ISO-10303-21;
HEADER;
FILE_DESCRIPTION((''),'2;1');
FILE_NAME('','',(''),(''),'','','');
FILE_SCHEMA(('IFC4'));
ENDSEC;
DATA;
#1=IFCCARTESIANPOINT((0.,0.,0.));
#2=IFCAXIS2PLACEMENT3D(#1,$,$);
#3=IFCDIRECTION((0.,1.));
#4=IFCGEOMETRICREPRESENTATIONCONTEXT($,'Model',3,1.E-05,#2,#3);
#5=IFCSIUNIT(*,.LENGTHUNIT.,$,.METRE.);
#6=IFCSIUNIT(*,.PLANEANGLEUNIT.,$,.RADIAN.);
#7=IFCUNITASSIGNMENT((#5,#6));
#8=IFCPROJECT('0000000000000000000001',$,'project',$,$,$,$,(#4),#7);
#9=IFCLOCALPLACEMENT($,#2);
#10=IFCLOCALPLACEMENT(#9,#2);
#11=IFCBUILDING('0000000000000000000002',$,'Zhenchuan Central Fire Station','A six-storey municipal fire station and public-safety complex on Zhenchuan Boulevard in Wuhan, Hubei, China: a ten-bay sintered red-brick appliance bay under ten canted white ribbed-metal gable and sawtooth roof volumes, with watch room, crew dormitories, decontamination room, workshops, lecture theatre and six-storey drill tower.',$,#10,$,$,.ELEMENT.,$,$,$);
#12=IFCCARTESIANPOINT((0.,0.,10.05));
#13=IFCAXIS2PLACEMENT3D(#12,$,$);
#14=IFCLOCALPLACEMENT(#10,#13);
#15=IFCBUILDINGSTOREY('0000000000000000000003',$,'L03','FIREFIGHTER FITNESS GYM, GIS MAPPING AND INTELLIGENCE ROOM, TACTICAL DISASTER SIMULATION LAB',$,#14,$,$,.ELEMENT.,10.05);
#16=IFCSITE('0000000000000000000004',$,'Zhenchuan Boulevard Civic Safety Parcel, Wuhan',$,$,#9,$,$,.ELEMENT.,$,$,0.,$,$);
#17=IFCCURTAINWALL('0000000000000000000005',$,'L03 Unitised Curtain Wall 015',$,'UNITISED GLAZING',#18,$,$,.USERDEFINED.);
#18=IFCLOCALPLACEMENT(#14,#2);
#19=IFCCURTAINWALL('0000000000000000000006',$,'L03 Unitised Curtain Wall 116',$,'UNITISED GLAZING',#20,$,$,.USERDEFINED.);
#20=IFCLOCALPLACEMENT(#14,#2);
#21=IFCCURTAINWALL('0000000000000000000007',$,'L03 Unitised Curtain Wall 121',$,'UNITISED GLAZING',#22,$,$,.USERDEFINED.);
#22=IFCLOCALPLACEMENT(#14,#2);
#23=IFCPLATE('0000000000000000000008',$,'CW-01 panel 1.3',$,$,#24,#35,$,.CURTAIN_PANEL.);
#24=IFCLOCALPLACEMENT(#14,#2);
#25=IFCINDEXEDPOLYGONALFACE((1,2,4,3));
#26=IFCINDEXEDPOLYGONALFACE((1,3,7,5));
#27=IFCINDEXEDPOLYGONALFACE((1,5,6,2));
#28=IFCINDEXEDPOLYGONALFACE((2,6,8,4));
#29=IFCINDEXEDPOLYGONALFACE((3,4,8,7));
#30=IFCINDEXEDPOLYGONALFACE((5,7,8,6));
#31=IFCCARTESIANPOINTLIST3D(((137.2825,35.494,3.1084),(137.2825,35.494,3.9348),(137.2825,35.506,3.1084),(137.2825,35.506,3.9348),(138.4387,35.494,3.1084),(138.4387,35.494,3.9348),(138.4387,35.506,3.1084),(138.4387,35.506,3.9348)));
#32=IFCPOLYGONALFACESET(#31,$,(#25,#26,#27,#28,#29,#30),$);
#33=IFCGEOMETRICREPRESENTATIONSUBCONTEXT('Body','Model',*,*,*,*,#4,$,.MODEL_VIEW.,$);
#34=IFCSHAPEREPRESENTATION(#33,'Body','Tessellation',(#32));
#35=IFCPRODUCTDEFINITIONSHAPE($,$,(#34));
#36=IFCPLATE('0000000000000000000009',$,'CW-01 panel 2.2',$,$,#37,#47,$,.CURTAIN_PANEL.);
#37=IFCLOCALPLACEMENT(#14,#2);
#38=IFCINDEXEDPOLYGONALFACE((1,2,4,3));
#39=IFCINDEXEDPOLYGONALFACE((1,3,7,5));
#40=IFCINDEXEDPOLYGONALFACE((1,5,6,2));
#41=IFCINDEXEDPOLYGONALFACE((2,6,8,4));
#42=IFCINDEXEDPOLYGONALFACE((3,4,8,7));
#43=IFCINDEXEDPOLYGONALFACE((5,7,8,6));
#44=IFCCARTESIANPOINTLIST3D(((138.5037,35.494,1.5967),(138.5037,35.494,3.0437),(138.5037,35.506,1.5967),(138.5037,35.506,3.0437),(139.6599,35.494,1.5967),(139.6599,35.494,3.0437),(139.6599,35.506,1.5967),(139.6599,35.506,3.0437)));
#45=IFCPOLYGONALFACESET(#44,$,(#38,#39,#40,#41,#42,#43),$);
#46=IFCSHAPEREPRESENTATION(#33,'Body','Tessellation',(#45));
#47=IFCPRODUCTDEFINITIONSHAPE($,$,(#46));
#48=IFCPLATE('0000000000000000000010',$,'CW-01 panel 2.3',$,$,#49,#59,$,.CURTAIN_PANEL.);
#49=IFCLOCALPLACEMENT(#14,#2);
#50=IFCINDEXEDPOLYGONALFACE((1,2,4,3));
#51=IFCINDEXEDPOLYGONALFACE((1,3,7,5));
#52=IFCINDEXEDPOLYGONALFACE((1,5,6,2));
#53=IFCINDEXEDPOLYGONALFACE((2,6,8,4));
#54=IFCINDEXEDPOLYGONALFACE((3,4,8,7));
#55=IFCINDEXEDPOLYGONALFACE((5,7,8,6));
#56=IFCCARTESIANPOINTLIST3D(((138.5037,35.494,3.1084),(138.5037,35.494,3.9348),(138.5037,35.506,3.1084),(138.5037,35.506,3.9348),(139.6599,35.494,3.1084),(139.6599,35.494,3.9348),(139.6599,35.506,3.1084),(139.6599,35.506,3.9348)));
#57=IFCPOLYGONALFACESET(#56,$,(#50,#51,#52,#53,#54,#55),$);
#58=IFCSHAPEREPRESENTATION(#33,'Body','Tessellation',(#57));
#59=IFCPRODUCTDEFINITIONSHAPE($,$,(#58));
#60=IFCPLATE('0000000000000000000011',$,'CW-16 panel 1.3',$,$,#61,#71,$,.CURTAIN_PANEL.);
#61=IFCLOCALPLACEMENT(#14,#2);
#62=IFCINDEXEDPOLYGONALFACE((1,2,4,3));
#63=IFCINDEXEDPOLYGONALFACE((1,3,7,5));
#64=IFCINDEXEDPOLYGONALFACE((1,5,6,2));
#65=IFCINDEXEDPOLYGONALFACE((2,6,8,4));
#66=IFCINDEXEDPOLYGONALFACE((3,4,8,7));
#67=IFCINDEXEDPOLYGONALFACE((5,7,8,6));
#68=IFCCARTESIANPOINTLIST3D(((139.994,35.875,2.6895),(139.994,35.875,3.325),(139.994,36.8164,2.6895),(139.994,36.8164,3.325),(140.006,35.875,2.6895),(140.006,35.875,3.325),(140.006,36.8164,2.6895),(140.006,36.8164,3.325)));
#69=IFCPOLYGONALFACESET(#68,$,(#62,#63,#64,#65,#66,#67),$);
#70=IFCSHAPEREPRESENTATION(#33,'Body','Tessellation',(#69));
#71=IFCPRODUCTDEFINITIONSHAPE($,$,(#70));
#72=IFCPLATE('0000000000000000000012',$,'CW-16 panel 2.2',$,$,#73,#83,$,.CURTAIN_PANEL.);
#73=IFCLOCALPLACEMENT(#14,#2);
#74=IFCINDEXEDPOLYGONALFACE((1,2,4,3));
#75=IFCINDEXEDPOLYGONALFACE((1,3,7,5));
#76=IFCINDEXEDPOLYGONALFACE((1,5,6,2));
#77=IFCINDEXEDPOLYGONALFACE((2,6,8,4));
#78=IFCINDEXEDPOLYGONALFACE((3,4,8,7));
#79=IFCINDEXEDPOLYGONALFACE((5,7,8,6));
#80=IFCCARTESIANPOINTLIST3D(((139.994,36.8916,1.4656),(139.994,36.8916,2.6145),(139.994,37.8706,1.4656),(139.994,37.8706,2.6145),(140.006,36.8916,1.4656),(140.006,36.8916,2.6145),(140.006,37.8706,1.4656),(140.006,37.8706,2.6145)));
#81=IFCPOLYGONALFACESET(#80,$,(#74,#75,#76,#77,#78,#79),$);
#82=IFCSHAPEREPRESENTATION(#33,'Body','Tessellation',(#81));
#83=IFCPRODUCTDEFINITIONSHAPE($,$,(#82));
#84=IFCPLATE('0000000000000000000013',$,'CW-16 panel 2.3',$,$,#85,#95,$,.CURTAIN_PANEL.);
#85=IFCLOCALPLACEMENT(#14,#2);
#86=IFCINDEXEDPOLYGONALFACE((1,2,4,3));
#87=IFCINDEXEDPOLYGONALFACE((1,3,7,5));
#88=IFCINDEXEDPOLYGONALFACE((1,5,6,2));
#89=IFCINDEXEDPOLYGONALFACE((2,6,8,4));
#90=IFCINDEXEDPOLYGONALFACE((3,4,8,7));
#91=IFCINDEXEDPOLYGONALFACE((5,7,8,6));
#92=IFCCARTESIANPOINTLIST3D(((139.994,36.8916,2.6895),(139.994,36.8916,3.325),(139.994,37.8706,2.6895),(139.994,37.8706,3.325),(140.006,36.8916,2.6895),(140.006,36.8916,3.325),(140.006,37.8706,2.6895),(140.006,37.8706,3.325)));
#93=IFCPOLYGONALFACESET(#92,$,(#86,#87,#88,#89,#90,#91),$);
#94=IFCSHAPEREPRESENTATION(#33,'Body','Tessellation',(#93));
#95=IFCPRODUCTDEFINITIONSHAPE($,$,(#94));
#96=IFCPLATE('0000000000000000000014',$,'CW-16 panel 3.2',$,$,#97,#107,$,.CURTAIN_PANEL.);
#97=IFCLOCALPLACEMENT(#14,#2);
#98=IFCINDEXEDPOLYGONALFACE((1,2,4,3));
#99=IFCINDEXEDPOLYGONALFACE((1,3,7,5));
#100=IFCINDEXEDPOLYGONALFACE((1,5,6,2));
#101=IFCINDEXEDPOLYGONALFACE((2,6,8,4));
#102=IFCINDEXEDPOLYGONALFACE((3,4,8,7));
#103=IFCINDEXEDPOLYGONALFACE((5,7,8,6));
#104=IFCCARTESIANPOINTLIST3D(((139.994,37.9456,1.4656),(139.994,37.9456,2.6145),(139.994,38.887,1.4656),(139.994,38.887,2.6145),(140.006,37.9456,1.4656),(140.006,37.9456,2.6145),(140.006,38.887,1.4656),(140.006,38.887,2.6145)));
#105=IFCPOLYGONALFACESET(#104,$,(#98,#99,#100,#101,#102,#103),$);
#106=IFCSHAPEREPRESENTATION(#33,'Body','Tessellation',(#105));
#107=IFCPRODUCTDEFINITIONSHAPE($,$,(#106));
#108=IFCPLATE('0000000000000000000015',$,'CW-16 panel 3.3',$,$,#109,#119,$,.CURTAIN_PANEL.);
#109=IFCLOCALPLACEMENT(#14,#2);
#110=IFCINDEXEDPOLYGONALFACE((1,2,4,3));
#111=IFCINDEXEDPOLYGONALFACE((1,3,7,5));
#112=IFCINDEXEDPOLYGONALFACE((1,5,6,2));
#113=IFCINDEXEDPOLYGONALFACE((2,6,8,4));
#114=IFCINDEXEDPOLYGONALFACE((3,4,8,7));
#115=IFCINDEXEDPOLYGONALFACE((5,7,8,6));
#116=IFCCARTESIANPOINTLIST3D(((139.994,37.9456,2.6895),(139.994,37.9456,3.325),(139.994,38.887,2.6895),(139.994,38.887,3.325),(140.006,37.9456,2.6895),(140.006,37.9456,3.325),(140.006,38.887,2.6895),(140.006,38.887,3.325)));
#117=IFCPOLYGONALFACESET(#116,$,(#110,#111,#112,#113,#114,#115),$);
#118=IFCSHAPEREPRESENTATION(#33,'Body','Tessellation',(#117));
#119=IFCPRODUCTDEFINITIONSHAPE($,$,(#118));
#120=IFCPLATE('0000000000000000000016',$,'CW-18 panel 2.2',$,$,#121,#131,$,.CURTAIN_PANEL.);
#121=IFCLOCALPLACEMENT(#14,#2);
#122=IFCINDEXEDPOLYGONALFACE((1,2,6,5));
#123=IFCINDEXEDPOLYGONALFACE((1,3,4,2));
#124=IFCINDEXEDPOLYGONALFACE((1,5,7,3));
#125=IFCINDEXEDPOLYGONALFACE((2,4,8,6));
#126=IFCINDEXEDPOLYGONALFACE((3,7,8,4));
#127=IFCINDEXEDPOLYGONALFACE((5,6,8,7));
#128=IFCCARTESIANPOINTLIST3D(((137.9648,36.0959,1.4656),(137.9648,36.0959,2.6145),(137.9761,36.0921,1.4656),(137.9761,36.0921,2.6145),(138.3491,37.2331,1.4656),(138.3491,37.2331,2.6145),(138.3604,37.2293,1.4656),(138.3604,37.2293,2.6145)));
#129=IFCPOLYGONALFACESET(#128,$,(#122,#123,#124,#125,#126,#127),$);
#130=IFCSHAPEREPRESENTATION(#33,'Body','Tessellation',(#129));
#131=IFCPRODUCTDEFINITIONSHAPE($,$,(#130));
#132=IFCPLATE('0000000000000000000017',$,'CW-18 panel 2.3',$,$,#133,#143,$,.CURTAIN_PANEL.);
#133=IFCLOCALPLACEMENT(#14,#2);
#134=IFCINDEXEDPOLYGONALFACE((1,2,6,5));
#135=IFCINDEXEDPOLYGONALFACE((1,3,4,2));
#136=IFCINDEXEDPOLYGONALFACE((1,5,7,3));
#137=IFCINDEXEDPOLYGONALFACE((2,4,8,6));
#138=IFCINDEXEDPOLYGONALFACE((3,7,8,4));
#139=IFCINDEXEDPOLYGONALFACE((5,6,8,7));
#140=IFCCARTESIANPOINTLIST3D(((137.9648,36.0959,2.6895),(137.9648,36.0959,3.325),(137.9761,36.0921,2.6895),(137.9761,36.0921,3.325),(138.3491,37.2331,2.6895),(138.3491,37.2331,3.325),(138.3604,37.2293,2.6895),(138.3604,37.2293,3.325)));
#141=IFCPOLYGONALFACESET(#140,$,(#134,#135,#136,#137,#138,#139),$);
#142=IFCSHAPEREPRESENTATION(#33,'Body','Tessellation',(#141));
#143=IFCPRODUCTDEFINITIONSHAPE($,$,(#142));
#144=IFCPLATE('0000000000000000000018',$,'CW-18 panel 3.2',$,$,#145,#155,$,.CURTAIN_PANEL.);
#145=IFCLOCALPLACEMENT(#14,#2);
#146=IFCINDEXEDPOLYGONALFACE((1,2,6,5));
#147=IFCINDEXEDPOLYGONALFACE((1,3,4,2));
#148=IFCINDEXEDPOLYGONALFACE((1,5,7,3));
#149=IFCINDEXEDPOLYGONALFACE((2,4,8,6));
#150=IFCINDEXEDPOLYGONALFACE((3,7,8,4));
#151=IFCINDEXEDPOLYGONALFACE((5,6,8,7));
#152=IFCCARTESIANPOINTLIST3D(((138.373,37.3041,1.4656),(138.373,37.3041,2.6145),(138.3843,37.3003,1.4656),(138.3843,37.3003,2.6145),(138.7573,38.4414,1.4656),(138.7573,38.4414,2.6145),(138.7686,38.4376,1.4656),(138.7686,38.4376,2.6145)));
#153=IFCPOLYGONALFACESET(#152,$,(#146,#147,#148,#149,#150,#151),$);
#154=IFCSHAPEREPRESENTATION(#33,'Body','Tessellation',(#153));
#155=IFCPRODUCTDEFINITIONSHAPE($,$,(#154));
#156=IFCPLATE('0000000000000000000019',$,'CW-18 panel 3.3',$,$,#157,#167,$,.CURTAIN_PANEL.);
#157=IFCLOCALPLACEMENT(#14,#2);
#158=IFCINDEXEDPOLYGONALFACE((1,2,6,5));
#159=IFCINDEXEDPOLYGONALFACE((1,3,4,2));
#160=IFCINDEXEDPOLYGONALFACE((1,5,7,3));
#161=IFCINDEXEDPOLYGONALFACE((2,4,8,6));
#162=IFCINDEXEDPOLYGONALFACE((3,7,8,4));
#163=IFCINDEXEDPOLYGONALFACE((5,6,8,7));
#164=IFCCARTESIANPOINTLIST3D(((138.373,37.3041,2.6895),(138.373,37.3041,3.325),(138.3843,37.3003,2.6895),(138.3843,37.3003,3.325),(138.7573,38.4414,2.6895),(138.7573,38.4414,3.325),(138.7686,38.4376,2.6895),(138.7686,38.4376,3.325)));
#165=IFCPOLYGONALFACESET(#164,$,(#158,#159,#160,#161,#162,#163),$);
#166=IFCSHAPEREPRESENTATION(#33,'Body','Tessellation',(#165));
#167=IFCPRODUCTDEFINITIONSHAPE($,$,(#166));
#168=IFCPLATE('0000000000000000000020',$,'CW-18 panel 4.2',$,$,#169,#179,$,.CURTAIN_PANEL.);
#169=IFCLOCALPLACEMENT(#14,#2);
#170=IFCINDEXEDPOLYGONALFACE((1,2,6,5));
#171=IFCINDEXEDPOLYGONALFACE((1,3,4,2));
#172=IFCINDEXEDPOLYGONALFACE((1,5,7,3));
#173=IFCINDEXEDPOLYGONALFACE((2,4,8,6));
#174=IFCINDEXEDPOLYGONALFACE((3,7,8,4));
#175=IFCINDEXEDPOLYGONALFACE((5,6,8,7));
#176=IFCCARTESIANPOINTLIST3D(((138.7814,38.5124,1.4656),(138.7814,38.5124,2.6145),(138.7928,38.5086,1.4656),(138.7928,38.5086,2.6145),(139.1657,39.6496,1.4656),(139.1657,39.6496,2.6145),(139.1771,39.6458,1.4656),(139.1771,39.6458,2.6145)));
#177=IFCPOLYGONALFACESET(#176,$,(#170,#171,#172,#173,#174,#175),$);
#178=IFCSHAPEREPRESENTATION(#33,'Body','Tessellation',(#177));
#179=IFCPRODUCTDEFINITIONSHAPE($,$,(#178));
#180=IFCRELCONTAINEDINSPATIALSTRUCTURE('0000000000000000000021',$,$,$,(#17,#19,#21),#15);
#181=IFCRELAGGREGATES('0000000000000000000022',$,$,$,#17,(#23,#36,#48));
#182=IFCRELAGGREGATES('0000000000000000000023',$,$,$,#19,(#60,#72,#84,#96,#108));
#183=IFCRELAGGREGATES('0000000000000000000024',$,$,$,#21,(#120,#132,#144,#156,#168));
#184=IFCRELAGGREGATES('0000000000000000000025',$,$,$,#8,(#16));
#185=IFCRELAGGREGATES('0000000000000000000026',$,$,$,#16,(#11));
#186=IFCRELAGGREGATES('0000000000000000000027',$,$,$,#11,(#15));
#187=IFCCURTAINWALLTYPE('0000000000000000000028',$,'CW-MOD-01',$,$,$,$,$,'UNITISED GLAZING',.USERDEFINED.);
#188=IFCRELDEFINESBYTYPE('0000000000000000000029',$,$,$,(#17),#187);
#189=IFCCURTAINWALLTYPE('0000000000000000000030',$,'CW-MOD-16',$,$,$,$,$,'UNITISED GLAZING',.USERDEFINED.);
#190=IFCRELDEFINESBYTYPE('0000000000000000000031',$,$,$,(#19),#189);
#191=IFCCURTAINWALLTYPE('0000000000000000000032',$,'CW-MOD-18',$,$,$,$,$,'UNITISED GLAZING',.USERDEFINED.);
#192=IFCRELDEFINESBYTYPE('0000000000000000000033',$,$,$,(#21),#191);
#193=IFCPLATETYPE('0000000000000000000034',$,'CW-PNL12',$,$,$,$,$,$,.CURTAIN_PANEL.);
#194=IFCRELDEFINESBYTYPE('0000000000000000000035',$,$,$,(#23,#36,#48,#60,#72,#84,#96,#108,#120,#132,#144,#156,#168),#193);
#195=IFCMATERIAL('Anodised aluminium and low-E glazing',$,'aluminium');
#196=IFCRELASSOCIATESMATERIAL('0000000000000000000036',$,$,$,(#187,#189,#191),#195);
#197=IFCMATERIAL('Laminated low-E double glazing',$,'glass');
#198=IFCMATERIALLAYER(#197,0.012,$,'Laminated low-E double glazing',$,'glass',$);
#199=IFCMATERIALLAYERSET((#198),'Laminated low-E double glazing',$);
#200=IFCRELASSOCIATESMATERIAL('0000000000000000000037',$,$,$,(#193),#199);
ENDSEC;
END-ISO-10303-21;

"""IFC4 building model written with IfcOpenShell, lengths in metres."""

from ifc_helpers import new_model, si_unit, direction, frame, origin, origin_2d, place, context, subcontext, project, spatial, rectangle, extrude, material, layer, layer_set, type_object, element, aggregate, save


model = new_model("IFC4")

# Units and contexts
model_context = context("Model", 3, precision=1e-05, world=origin(), true_north=direction((0.0, 1.0)))
body_context = subcontext(model_context, "Body", "Model", "MODEL_VIEW")
ifc_project = project(units=[si_unit("LENGTHUNIT", "METRE"), si_unit("PLANEANGLEUNIT", "RADIAN")], contexts=[model_context])

# Site, building, storey
site_placement = place(None, origin())
site = spatial("IfcSite", under=ifc_project, at=site_placement, Name="Zhenchuan Boulevard Civic Safety Parcel, Wuhan", CompositionType="ELEMENT", RefElevation=0.0)
building_placement = place(site_placement, origin())
building = spatial("IfcBuilding", under=site, at=building_placement, Name="Zhenchuan Central Fire Station", Description="A six-storey municipal fire station and public-safety complex on Zhenchuan Boulevard in Wuhan, Hubei, China: a ten-bay sintered red-brick appliance bay under ten canted white ribbed-metal gable and sawtooth roof volumes, with watch room, crew dormitories, decontamination room, workshops, lecture theatre and six-storey drill tower.", CompositionType="ELEMENT")
storey_placement = place(building_placement, frame((0.0, 0.0, 10.05)))
storey = spatial("IfcBuildingStorey", under=building, at=storey_placement, Name="L03", Description="FIREFIGHTER FITNESS GYM, GIS MAPPING AND INTELLIGENCE ROOM, TACTICAL DISASTER SIMULATION LAB", CompositionType="ELEMENT", Elevation=10.05)

# Curtain walls
ifc_material_1 = material(Name="Anodised aluminium and low-E glazing", Category="aluminium")
curtain_wall_type_1 = type_object("IfcCurtainWallType", Name="CW-MOD-01", ElementType="UNITISED GLAZING", PredefinedType="USERDEFINED", material=ifc_material_1)
curtain_wall_1_placement = place(storey_placement, origin())
curtain_wall_1 = element("IfcCurtainWall", 1, at=curtain_wall_1_placement, inside=storey, type_object=curtain_wall_type_1, Name="L03 Unitised Curtain Wall 015", ObjectType="UNITISED GLAZING", PredefinedType="USERDEFINED")
curtain_wall_type_2 = type_object("IfcCurtainWallType", Name="CW-MOD-16", ElementType="UNITISED GLAZING", PredefinedType="USERDEFINED", material=ifc_material_1)
curtain_wall_2_placement = place(storey_placement, origin())
curtain_wall_2 = element("IfcCurtainWall", 2, at=curtain_wall_2_placement, inside=storey, type_object=curtain_wall_type_2, Name="L03 Unitised Curtain Wall 116", ObjectType="UNITISED GLAZING", PredefinedType="USERDEFINED")
curtain_wall_type_3 = type_object("IfcCurtainWallType", Name="CW-MOD-18", ElementType="UNITISED GLAZING", PredefinedType="USERDEFINED", material=ifc_material_1)
curtain_wall_3_placement = place(storey_placement, origin())
curtain_wall_3 = element("IfcCurtainWall", 3, at=curtain_wall_3_placement, inside=storey, type_object=curtain_wall_type_3, Name="L03 Unitised Curtain Wall 121", ObjectType="UNITISED GLAZING", PredefinedType="USERDEFINED")

# Plates
ifc_material_2 = material(Name="Laminated low-E double glazing", Category="glass")
ifc_layer = layer(ifc_material_2, 0.012, Name="Laminated low-E double glazing", Category="glass")
ifc_layer_set = layer_set([ifc_layer], Name="Laminated low-E double glazing")
plate_type = type_object("IfcPlateType", Name="CW-PNL12", PredefinedType="CURTAIN_PANEL", material=ifc_layer_set)
plate_1_placement = place(storey_placement, frame((137.8606, 35.5, 3.1084), z_axis=(0.0, 0.0, 1.0), x_axis=(1.0, 0.0, 0.0)))
plate_1 = element("IfcPlate", 4, at=plate_1_placement, type_object=plate_type, Name="CW-01 panel 1.3", PredefinedType="CURTAIN_PANEL", context=body_context, shape_type="SweptSolid", body=[
    extrude(rectangle(XDim=1.1562, YDim=0.012, at=origin_2d()), origin(), (0.0, 0.0, 1.0), 0.8264),
])
plate_2_placement = place(storey_placement, frame((139.0818, 35.5, 1.5967), z_axis=(0.0, 0.0, 1.0), x_axis=(1.0, 0.0, 0.0)))
plate_2 = element("IfcPlate", 5, at=plate_2_placement, type_object=plate_type, Name="CW-01 panel 2.2", PredefinedType="CURTAIN_PANEL", context=body_context, shape_type="SweptSolid", body=[
    extrude(rectangle(XDim=1.1562, YDim=0.012, at=origin_2d()), origin(), (0.0, 0.0, 1.0), 1.447),
])
plate_3_placement = place(storey_placement, frame((139.0818, 35.5, 3.1084), z_axis=(0.0, 0.0, 1.0), x_axis=(1.0, 0.0, 0.0)))
plate_3 = element("IfcPlate", 6, at=plate_3_placement, type_object=plate_type, Name="CW-01 panel 2.3", PredefinedType="CURTAIN_PANEL", context=body_context, shape_type="SweptSolid", body=[
    extrude(rectangle(XDim=1.1562, YDim=0.012, at=origin_2d()), origin(), (0.0, 0.0, 1.0), 0.8264),
])
aggregate(curtain_wall_1, [plate_1, plate_2, plate_3])
plate_4_placement = place(storey_placement, frame((140.0, 36.3457, 2.6895), z_axis=(0.0, 0.0, 1.0), x_axis=(0.0, 1.0, 0.0)))
plate_4 = element("IfcPlate", 7, at=plate_4_placement, type_object=plate_type, Name="CW-16 panel 1.3", PredefinedType="CURTAIN_PANEL", context=body_context, shape_type="SweptSolid", body=[
    extrude(rectangle(XDim=0.9414, YDim=0.012, at=origin_2d()), origin(), (0.0, 0.0, 1.0), 0.6355),
])
plate_5_placement = place(storey_placement, frame((140.0, 37.3811, 1.4656), z_axis=(0.0, 0.0, 1.0), x_axis=(0.0, 1.0, 0.0)))
plate_5 = element("IfcPlate", 8, at=plate_5_placement, type_object=plate_type, Name="CW-16 panel 2.2", PredefinedType="CURTAIN_PANEL", context=body_context, shape_type="SweptSolid", body=[
    extrude(rectangle(XDim=0.979, YDim=0.012, at=origin_2d()), origin(), (0.0, 0.0, 1.0), 1.1489),
])
plate_6_placement = place(storey_placement, frame((140.0, 37.3811, 2.6895), z_axis=(0.0, 0.0, 1.0), x_axis=(0.0, 1.0, 0.0)))
plate_6 = element("IfcPlate", 9, at=plate_6_placement, type_object=plate_type, Name="CW-16 panel 2.3", PredefinedType="CURTAIN_PANEL", context=body_context, shape_type="SweptSolid", body=[
    extrude(rectangle(XDim=0.979, YDim=0.012, at=origin_2d()), origin(), (0.0, 0.0, 1.0), 0.6355),
])
plate_7_placement = place(storey_placement, frame((140.0, 38.4163, 1.4656), z_axis=(0.0, 0.0, 1.0), x_axis=(0.0, 1.0, 0.0)))
plate_7 = element("IfcPlate", 10, at=plate_7_placement, type_object=plate_type, Name="CW-16 panel 3.2", PredefinedType="CURTAIN_PANEL", context=body_context, shape_type="SweptSolid", body=[
    extrude(rectangle(XDim=0.9414, YDim=0.012, at=origin_2d()), origin(), (0.0, 0.0, 1.0), 1.1489),
])
plate_8_placement = place(storey_placement, frame((140.0, 38.4163, 2.6895), z_axis=(0.0, 0.0, 1.0), x_axis=(0.0, 1.0, 0.0)))
plate_8 = element("IfcPlate", 11, at=plate_8_placement, type_object=plate_type, Name="CW-16 panel 3.3", PredefinedType="CURTAIN_PANEL", context=body_context, shape_type="SweptSolid", body=[
    extrude(rectangle(XDim=0.9414, YDim=0.012, at=origin_2d()), origin(), (0.0, 0.0, 1.0), 0.6355),
])
aggregate(curtain_wall_2, [plate_4, plate_5, plate_6, plate_7, plate_8])
plate_9_placement = place(storey_placement, frame((138.1626, 36.6626, 1.4656), z_axis=(0.0, 0.0, 1.0), x_axis=(0.320145, 0.947368, 0.0)))
plate_9 = element("IfcPlate", 12, at=plate_9_placement, type_object=plate_type, Name="CW-18 panel 2.2", PredefinedType="CURTAIN_PANEL", context=body_context, shape_type="SweptSolid", body=[
    extrude(rectangle(XDim=1.2004, YDim=0.012, at=origin_2d()), origin(), (0.0, 0.0, 1.0), 1.1489),
])
plate_10_placement = place(storey_placement, frame((138.1626, 36.6626, 2.6895), z_axis=(0.0, 0.0, 1.0), x_axis=(0.320145, 0.947368, 0.0)))
plate_10 = element("IfcPlate", 13, at=plate_10_placement, type_object=plate_type, Name="CW-18 panel 2.3", PredefinedType="CURTAIN_PANEL", context=body_context, shape_type="SweptSolid", body=[
    extrude(rectangle(XDim=1.2004, YDim=0.012, at=origin_2d()), origin(), (0.0, 0.0, 1.0), 0.6355),
])
plate_11_placement = place(storey_placement, frame((138.5708, 37.8708, 1.4656), z_axis=(0.0, 0.0, 1.0), x_axis=(0.320145, 0.947368, 0.0)))
plate_11 = element("IfcPlate", 14, at=plate_11_placement, type_object=plate_type, Name="CW-18 panel 3.2", PredefinedType="CURTAIN_PANEL", context=body_context, shape_type="SweptSolid", body=[
    extrude(rectangle(XDim=1.2004, YDim=0.012, at=origin_2d()), origin(), (0.0, 0.0, 1.0), 1.1489),
])
plate_12_placement = place(storey_placement, frame((138.5708, 37.8708, 2.6895), z_axis=(0.0, 0.0, 1.0), x_axis=(0.320145, 0.947368, 0.0)))
plate_12 = element("IfcPlate", 15, at=plate_12_placement, type_object=plate_type, Name="CW-18 panel 3.3", PredefinedType="CURTAIN_PANEL", context=body_context, shape_type="SweptSolid", body=[
    extrude(rectangle(XDim=1.2004, YDim=0.012, at=origin_2d()), origin(), (0.0, 0.0, 1.0), 0.6355),
])
plate_13_placement = place(storey_placement, frame((138.9792, 39.0791, 1.4656), z_axis=(0.0, 0.0, 1.0), x_axis=(0.320145, 0.947368, 0.0)))
plate_13 = element("IfcPlate", 16, at=plate_13_placement, type_object=plate_type, Name="CW-18 panel 4.2", PredefinedType="CURTAIN_PANEL", context=body_context, shape_type="SweptSolid", body=[
    extrude(rectangle(XDim=1.2004, YDim=0.012, at=origin_2d()), origin(), (0.0, 0.0, 1.0), 1.1489),
])
aggregate(curtain_wall_3, [plate_9, plate_10, plate_11, plate_12, plate_13])

save(model, "model.ifc")
